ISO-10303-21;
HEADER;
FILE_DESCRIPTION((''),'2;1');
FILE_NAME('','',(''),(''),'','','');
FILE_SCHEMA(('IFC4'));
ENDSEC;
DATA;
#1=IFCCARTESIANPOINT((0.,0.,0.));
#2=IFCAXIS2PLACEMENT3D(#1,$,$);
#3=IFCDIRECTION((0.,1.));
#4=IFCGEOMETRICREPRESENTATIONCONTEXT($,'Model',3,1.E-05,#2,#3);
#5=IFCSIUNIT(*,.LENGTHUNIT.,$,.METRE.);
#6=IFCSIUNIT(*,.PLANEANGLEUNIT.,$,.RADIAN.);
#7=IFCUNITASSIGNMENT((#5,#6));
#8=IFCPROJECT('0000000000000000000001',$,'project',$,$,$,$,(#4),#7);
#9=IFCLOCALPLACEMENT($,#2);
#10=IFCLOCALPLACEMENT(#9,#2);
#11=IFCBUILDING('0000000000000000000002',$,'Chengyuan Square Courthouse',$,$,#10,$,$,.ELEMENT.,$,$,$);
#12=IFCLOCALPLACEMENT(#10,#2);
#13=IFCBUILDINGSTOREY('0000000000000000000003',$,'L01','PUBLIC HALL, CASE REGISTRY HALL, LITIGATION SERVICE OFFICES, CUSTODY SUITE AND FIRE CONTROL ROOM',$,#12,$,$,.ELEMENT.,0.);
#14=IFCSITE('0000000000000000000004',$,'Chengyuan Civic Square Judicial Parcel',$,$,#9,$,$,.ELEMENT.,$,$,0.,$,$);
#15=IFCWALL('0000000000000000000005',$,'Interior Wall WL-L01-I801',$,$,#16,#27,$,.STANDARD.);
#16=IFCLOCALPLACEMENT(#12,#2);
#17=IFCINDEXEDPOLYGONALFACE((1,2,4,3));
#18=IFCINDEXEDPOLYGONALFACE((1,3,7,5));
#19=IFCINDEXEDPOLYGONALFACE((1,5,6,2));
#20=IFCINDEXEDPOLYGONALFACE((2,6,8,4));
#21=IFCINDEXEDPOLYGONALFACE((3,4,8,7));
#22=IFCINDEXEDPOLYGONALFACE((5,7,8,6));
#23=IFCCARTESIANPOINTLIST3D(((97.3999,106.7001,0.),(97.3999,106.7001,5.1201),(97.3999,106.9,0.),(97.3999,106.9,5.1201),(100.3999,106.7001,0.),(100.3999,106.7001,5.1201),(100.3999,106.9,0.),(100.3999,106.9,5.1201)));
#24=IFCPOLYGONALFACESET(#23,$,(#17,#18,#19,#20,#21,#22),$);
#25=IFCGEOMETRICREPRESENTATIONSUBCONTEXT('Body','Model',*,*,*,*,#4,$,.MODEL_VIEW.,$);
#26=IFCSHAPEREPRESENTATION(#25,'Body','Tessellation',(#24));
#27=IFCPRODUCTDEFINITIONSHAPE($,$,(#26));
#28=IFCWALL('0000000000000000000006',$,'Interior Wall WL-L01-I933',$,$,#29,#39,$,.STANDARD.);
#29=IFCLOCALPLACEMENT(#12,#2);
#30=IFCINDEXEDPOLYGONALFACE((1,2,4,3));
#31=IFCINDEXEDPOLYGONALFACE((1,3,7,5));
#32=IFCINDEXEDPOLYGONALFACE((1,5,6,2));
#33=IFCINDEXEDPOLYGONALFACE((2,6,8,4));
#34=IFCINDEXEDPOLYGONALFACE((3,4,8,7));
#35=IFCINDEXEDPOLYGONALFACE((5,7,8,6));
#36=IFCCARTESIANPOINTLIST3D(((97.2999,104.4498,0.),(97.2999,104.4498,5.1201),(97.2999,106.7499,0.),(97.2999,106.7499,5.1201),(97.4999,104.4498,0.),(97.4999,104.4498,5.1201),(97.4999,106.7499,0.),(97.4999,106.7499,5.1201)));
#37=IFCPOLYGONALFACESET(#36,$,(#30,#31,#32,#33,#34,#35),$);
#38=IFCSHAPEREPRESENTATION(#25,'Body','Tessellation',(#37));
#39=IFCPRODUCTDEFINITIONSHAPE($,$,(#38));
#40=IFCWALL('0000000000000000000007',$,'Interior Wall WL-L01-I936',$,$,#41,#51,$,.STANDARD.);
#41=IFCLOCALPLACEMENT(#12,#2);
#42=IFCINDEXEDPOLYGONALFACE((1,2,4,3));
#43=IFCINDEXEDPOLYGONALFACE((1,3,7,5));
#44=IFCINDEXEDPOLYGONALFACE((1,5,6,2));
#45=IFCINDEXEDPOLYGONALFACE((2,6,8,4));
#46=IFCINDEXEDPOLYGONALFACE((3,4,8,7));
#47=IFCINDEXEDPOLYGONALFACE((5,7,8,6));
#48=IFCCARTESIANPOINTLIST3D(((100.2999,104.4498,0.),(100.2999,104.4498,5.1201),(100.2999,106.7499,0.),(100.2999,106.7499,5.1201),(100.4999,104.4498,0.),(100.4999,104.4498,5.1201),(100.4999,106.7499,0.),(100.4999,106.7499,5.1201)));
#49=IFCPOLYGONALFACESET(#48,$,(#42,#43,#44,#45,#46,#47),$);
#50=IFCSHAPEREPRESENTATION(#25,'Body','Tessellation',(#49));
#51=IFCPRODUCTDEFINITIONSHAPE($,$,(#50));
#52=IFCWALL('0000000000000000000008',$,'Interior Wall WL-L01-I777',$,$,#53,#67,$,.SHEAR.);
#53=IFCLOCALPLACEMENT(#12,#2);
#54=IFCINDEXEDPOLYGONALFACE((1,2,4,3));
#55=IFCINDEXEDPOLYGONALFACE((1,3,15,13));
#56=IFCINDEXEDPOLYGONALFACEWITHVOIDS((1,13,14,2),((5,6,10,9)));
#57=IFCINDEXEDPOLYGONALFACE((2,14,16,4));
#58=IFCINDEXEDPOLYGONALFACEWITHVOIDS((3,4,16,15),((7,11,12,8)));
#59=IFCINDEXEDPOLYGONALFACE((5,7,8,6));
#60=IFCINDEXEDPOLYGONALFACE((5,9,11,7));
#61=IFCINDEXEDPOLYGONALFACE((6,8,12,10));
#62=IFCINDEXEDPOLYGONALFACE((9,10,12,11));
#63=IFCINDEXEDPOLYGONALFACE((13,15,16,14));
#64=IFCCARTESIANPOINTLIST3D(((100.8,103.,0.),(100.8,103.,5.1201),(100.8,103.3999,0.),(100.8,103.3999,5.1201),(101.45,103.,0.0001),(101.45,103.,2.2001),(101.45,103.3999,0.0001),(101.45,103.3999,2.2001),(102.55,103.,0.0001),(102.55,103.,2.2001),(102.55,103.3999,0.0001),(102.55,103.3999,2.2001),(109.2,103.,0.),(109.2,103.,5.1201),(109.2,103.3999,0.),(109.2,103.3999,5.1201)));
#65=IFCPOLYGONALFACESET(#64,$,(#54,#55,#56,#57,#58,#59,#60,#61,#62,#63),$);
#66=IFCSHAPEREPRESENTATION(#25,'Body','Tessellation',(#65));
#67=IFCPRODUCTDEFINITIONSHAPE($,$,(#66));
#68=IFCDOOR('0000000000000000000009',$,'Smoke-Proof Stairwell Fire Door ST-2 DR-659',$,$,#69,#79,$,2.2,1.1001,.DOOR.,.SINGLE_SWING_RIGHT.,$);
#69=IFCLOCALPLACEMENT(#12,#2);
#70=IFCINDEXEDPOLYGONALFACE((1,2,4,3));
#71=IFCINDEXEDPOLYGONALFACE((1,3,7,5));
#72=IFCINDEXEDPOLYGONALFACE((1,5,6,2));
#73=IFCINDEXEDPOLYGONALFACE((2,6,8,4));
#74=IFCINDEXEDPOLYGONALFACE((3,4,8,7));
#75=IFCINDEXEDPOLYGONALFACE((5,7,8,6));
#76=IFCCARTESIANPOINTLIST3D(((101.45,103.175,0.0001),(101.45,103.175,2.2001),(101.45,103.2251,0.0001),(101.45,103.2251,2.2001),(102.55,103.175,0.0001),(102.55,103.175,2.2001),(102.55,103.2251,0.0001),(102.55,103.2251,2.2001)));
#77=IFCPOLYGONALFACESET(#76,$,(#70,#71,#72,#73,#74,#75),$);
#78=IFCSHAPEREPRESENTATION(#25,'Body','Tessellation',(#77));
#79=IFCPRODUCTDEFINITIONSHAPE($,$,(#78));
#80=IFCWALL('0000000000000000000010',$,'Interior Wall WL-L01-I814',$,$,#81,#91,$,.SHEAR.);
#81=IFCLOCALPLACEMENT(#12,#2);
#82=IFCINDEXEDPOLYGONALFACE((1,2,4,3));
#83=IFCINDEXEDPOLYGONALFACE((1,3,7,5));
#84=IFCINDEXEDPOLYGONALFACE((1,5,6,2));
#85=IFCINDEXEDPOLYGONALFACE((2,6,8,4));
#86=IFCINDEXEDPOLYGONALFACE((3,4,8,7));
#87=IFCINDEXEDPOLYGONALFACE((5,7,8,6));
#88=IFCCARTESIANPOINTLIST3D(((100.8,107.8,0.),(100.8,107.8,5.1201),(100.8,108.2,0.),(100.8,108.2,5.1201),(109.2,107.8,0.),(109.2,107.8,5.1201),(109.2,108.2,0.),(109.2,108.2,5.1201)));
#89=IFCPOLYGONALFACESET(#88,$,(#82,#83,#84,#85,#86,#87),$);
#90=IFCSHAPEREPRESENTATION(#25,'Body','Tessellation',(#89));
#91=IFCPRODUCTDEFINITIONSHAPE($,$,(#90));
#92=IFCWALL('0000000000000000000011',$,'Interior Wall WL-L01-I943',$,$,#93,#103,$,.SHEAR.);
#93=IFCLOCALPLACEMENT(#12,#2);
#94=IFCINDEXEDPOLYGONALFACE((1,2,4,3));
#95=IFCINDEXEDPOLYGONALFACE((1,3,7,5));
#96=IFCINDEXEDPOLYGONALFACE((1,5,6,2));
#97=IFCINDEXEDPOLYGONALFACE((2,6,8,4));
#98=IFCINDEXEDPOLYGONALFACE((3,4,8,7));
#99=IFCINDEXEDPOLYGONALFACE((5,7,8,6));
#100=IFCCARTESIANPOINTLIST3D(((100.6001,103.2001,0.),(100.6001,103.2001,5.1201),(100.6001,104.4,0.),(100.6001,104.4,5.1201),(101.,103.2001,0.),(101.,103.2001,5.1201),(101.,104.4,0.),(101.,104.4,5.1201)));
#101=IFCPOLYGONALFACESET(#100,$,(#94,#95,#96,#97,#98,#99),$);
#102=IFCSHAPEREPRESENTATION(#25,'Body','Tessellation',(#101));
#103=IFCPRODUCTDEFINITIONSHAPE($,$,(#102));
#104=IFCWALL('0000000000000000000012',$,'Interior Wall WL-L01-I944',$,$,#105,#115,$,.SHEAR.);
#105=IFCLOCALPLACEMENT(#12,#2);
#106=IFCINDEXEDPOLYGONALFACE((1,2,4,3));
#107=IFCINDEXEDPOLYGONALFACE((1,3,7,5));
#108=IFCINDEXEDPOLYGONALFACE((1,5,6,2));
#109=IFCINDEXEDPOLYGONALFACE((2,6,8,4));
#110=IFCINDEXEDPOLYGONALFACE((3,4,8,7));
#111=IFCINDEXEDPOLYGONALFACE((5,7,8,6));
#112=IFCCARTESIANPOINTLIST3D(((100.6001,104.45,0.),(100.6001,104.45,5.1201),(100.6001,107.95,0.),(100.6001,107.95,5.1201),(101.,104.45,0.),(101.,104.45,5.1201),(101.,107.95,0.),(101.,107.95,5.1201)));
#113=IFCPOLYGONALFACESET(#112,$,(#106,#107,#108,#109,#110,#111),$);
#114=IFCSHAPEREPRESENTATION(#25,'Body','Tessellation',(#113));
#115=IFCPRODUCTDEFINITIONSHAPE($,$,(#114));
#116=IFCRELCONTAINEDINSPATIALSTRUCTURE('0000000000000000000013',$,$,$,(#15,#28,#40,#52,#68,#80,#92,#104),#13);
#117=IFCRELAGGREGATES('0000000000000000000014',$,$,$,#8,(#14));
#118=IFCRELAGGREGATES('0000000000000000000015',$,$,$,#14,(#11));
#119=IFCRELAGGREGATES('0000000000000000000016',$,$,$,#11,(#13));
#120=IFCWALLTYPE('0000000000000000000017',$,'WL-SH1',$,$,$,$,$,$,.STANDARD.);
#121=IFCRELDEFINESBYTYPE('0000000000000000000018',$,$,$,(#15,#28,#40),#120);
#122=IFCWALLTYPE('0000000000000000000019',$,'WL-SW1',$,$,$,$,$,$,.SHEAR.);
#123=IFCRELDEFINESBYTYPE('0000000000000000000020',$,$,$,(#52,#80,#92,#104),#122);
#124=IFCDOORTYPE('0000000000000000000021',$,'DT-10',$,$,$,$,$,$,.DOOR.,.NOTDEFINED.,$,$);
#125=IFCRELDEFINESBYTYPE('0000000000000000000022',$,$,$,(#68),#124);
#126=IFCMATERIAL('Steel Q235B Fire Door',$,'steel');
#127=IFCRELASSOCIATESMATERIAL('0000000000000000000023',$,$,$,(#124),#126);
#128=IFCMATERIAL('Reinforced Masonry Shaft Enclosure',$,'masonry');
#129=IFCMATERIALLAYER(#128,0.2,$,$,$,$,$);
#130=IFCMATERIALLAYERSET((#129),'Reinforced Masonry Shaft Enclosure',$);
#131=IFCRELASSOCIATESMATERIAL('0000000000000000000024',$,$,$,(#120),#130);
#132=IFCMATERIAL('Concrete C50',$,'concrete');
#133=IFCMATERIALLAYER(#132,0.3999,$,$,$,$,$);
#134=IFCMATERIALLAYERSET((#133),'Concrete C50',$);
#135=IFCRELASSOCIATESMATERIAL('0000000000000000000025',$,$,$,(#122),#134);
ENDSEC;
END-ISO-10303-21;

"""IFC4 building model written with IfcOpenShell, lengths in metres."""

from ifc_helpers import new_model, si_unit, direction, frame, frame_2d, origin, place, context, subcontext, project, spatial, rectangle, extrude, material, layer, layer_set, type_object, element, fill, save


model = new_model("IFC4")

# Units and contexts
model_context = context("Model", 3, precision=1e-05, world=origin(), true_north=direction((0.0, 1.0)))
body_context = subcontext(model_context, "Body", "Model", "MODEL_VIEW")
ifc_project = project(units=[si_unit("LENGTHUNIT", "METRE"), si_unit("PLANEANGLEUNIT", "RADIAN")], contexts=[model_context])

# Site, building, storey
site_placement = place(None, origin())
site = spatial("IfcSite", under=ifc_project, at=site_placement, Name="Chengyuan Civic Square Judicial Parcel", CompositionType="ELEMENT", RefElevation=0.0)
building_placement = place(site_placement, origin())
building = spatial("IfcBuilding", under=site, at=building_placement, Name="Chengyuan Square Courthouse", CompositionType="ELEMENT")
storey_placement = place(building_placement, origin())
storey = spatial("IfcBuildingStorey", under=building, at=storey_placement, Name="L01", Description="PUBLIC HALL, CASE REGISTRY HALL, LITIGATION SERVICE OFFICES, CUSTODY SUITE AND FIRE CONTROL ROOM", CompositionType="ELEMENT", Elevation=0.0)

# Shared definitions
ifc_material_1 = material(Name="Concrete C50", Category="concrete")

# Shared definitions
ifc_material_2 = material(Name="Steel Q235B Fire Door", Category="steel")

# Shared definitions
door_type_1 = type_object("IfcDoorType", Name="DT-10", OperationType="NOTDEFINED", PredefinedType="DOOR", material=ifc_material_2)

# Shared definitions
ifc_material_3 = material(Name="Reinforced Masonry Shaft Enclosure", Category="masonry")
ifc_layer_1 = layer(ifc_material_3, 0.2)
ifc_layer_set_1 = layer_set([ifc_layer_1], Name="Reinforced Masonry Shaft Enclosure")
wall_type_1 = type_object("IfcWallType", Name="WL-SH1", PredefinedType="STANDARD", material=ifc_layer_set_1)

# Walls
wall_1_placement = place(storey_placement, frame((97.3999, 106.8, 0.0), z_axis=(0.0, 0.0, 1.0), x_axis=(1.0, 0.0, 0.0)))
element("IfcWall", 1, at=wall_1_placement, inside=storey, type_object=wall_type_1, Name="Interior Wall WL-L01-I801", PredefinedType="STANDARD", context=body_context, shape_type="SweptSolid", body=[
    extrude(rectangle(XDim=3.0, YDim=0.2, at=frame_2d((1.5, 0.0))), origin(), (0.0, 0.0, 1.0), 5.1201),
])
for number, where, z_axis, x_axis, name in (
    (2, (97.3999, 104.45, 0.0), (0.0, 0.0, 1.0), (0.0, 1.0, 0.0), "Interior Wall WL-L01-I933"),
    (3, (100.3999, 104.45, 0.0), (0.0, 0.0, 1.0), (0.0, 1.0, 0.0), "Interior Wall WL-L01-I936"),
):
    element("IfcWall", number, at=place(storey_placement, frame(where, z_axis=z_axis, x_axis=x_axis)), inside=storey, type_object=wall_type_1, Name=name, PredefinedType="STANDARD", context=body_context, shape_type="SweptSolid", body=[
        extrude(rectangle(XDim=2.3, YDim=0.2, at=frame_2d((1.1499, 0.0))), origin(), (0.0, 0.0, 1.0), 5.1201),
    ])

# Wall, opening, door
ifc_layer_2 = layer(ifc_material_1, 0.3999)
ifc_layer_set_2 = layer_set([ifc_layer_2], Name="Concrete C50")
wall_type_2 = type_object("IfcWallType", Name="WL-SW1", PredefinedType="SHEAR", material=ifc_layer_set_2)
wall_2_placement = place(storey_placement, frame((100.8, 103.2, 0.0), z_axis=(0.0, 0.0, 1.0), x_axis=(1.0, 0.0, 0.0)))
wall_2 = element("IfcWall", 4, at=wall_2_placement, inside=storey, type_object=wall_type_2, Name="Interior Wall WL-L01-I777", PredefinedType="SHEAR", context=body_context, shape_type="SweptSolid", body=[
    extrude(rectangle(XDim=8.3999, YDim=0.3999, at=frame_2d((4.2, 0.0))), origin(), (0.0, 0.0, 1.0), 5.1201),
])
opening_1_placement = place(wall_2_placement, frame((0.6499, 0.0, 0.0)))
opening_1 = element("IfcOpeningElement", 5, at=opening_1_placement, cuts=wall_2, PredefinedType="OPENING", context=body_context, shape_type="SweptSolid", body=[
    extrude(rectangle(XDim=1.1001, YDim=2.2, at=frame_2d((0.55, 1.1001))), frame((0.0, 0.2119, 0.0), z_axis=(0.0, -1.0, 0.0), x_axis=(1.0, 0.0, 0.0)), (0.0, 0.0, 1.0), 0.4238),
])
door_1_placement = place(opening_1_placement, frame((1.1001, 0.0, 0.0), z_axis=(0.0, 0.0, 1.0), x_axis=(-1.0, 0.0, 0.0)))
door_1 = element("IfcDoor", 6, at=door_1_placement, inside=storey, type_object=door_type_1, Name="Smoke-Proof Stairwell Fire Door ST-2 DR-659", OperationType="SINGLE_SWING_RIGHT", OverallHeight=2.2, OverallWidth=1.1001, PredefinedType="DOOR", context=body_context, shape_type="SweptSolid", body=[
    extrude(rectangle(XDim=1.1001, YDim=2.2, at=frame_2d((0.55, 1.1001))), frame((0.0, 0.0249, 0.0), z_axis=(0.0, -1.0, 0.0), x_axis=(1.0, 0.0, 0.0)), (0.0, 0.0, 1.0), 0.05),
])
fill(opening_1, door_1)

# Walls
wall_3_placement = place(storey_placement, frame((100.8, 108.0, 0.0), z_axis=(0.0, 0.0, 1.0), x_axis=(1.0, 0.0, 0.0)))
element("IfcWall", 7, at=wall_3_placement, inside=storey, type_object=wall_type_2, Name="Interior Wall WL-L01-I814", PredefinedType="SHEAR", context=body_context, shape_type="SweptSolid", body=[
    extrude(rectangle(XDim=8.3999, YDim=0.3999, at=frame_2d((4.2, 0.0))), origin(), (0.0, 0.0, 1.0), 5.1201),
])
wall_4_placement = place(storey_placement, frame((100.8, 103.2, 0.0), z_axis=(0.0, 0.0, 1.0), x_axis=(0.0, 1.0, 0.0)))
element("IfcWall", 8, at=wall_4_placement, inside=storey, type_object=wall_type_2, Name="Interior Wall WL-L01-I943", PredefinedType="SHEAR", context=body_context, shape_type="SweptSolid", body=[
    extrude(rectangle(XDim=1.2, YDim=0.3999, at=frame_2d((0.6001, 0.0))), origin(), (0.0, 0.0, 1.0), 5.1201),
])
wall_5_placement = place(storey_placement, frame((100.8, 104.45, 0.0), z_axis=(0.0, 0.0, 1.0), x_axis=(0.0, 1.0, 0.0)))
element("IfcWall", 9, at=wall_5_placement, inside=storey, type_object=wall_type_2, Name="Interior Wall WL-L01-I944", PredefinedType="SHEAR", context=body_context, shape_type="SweptSolid", body=[
    extrude(rectangle(XDim=3.5, YDim=0.3999, at=frame_2d((1.75, 0.0))), origin(), (0.0, 0.0, 1.0), 5.1201),
])

save(model, "model.ifc")
